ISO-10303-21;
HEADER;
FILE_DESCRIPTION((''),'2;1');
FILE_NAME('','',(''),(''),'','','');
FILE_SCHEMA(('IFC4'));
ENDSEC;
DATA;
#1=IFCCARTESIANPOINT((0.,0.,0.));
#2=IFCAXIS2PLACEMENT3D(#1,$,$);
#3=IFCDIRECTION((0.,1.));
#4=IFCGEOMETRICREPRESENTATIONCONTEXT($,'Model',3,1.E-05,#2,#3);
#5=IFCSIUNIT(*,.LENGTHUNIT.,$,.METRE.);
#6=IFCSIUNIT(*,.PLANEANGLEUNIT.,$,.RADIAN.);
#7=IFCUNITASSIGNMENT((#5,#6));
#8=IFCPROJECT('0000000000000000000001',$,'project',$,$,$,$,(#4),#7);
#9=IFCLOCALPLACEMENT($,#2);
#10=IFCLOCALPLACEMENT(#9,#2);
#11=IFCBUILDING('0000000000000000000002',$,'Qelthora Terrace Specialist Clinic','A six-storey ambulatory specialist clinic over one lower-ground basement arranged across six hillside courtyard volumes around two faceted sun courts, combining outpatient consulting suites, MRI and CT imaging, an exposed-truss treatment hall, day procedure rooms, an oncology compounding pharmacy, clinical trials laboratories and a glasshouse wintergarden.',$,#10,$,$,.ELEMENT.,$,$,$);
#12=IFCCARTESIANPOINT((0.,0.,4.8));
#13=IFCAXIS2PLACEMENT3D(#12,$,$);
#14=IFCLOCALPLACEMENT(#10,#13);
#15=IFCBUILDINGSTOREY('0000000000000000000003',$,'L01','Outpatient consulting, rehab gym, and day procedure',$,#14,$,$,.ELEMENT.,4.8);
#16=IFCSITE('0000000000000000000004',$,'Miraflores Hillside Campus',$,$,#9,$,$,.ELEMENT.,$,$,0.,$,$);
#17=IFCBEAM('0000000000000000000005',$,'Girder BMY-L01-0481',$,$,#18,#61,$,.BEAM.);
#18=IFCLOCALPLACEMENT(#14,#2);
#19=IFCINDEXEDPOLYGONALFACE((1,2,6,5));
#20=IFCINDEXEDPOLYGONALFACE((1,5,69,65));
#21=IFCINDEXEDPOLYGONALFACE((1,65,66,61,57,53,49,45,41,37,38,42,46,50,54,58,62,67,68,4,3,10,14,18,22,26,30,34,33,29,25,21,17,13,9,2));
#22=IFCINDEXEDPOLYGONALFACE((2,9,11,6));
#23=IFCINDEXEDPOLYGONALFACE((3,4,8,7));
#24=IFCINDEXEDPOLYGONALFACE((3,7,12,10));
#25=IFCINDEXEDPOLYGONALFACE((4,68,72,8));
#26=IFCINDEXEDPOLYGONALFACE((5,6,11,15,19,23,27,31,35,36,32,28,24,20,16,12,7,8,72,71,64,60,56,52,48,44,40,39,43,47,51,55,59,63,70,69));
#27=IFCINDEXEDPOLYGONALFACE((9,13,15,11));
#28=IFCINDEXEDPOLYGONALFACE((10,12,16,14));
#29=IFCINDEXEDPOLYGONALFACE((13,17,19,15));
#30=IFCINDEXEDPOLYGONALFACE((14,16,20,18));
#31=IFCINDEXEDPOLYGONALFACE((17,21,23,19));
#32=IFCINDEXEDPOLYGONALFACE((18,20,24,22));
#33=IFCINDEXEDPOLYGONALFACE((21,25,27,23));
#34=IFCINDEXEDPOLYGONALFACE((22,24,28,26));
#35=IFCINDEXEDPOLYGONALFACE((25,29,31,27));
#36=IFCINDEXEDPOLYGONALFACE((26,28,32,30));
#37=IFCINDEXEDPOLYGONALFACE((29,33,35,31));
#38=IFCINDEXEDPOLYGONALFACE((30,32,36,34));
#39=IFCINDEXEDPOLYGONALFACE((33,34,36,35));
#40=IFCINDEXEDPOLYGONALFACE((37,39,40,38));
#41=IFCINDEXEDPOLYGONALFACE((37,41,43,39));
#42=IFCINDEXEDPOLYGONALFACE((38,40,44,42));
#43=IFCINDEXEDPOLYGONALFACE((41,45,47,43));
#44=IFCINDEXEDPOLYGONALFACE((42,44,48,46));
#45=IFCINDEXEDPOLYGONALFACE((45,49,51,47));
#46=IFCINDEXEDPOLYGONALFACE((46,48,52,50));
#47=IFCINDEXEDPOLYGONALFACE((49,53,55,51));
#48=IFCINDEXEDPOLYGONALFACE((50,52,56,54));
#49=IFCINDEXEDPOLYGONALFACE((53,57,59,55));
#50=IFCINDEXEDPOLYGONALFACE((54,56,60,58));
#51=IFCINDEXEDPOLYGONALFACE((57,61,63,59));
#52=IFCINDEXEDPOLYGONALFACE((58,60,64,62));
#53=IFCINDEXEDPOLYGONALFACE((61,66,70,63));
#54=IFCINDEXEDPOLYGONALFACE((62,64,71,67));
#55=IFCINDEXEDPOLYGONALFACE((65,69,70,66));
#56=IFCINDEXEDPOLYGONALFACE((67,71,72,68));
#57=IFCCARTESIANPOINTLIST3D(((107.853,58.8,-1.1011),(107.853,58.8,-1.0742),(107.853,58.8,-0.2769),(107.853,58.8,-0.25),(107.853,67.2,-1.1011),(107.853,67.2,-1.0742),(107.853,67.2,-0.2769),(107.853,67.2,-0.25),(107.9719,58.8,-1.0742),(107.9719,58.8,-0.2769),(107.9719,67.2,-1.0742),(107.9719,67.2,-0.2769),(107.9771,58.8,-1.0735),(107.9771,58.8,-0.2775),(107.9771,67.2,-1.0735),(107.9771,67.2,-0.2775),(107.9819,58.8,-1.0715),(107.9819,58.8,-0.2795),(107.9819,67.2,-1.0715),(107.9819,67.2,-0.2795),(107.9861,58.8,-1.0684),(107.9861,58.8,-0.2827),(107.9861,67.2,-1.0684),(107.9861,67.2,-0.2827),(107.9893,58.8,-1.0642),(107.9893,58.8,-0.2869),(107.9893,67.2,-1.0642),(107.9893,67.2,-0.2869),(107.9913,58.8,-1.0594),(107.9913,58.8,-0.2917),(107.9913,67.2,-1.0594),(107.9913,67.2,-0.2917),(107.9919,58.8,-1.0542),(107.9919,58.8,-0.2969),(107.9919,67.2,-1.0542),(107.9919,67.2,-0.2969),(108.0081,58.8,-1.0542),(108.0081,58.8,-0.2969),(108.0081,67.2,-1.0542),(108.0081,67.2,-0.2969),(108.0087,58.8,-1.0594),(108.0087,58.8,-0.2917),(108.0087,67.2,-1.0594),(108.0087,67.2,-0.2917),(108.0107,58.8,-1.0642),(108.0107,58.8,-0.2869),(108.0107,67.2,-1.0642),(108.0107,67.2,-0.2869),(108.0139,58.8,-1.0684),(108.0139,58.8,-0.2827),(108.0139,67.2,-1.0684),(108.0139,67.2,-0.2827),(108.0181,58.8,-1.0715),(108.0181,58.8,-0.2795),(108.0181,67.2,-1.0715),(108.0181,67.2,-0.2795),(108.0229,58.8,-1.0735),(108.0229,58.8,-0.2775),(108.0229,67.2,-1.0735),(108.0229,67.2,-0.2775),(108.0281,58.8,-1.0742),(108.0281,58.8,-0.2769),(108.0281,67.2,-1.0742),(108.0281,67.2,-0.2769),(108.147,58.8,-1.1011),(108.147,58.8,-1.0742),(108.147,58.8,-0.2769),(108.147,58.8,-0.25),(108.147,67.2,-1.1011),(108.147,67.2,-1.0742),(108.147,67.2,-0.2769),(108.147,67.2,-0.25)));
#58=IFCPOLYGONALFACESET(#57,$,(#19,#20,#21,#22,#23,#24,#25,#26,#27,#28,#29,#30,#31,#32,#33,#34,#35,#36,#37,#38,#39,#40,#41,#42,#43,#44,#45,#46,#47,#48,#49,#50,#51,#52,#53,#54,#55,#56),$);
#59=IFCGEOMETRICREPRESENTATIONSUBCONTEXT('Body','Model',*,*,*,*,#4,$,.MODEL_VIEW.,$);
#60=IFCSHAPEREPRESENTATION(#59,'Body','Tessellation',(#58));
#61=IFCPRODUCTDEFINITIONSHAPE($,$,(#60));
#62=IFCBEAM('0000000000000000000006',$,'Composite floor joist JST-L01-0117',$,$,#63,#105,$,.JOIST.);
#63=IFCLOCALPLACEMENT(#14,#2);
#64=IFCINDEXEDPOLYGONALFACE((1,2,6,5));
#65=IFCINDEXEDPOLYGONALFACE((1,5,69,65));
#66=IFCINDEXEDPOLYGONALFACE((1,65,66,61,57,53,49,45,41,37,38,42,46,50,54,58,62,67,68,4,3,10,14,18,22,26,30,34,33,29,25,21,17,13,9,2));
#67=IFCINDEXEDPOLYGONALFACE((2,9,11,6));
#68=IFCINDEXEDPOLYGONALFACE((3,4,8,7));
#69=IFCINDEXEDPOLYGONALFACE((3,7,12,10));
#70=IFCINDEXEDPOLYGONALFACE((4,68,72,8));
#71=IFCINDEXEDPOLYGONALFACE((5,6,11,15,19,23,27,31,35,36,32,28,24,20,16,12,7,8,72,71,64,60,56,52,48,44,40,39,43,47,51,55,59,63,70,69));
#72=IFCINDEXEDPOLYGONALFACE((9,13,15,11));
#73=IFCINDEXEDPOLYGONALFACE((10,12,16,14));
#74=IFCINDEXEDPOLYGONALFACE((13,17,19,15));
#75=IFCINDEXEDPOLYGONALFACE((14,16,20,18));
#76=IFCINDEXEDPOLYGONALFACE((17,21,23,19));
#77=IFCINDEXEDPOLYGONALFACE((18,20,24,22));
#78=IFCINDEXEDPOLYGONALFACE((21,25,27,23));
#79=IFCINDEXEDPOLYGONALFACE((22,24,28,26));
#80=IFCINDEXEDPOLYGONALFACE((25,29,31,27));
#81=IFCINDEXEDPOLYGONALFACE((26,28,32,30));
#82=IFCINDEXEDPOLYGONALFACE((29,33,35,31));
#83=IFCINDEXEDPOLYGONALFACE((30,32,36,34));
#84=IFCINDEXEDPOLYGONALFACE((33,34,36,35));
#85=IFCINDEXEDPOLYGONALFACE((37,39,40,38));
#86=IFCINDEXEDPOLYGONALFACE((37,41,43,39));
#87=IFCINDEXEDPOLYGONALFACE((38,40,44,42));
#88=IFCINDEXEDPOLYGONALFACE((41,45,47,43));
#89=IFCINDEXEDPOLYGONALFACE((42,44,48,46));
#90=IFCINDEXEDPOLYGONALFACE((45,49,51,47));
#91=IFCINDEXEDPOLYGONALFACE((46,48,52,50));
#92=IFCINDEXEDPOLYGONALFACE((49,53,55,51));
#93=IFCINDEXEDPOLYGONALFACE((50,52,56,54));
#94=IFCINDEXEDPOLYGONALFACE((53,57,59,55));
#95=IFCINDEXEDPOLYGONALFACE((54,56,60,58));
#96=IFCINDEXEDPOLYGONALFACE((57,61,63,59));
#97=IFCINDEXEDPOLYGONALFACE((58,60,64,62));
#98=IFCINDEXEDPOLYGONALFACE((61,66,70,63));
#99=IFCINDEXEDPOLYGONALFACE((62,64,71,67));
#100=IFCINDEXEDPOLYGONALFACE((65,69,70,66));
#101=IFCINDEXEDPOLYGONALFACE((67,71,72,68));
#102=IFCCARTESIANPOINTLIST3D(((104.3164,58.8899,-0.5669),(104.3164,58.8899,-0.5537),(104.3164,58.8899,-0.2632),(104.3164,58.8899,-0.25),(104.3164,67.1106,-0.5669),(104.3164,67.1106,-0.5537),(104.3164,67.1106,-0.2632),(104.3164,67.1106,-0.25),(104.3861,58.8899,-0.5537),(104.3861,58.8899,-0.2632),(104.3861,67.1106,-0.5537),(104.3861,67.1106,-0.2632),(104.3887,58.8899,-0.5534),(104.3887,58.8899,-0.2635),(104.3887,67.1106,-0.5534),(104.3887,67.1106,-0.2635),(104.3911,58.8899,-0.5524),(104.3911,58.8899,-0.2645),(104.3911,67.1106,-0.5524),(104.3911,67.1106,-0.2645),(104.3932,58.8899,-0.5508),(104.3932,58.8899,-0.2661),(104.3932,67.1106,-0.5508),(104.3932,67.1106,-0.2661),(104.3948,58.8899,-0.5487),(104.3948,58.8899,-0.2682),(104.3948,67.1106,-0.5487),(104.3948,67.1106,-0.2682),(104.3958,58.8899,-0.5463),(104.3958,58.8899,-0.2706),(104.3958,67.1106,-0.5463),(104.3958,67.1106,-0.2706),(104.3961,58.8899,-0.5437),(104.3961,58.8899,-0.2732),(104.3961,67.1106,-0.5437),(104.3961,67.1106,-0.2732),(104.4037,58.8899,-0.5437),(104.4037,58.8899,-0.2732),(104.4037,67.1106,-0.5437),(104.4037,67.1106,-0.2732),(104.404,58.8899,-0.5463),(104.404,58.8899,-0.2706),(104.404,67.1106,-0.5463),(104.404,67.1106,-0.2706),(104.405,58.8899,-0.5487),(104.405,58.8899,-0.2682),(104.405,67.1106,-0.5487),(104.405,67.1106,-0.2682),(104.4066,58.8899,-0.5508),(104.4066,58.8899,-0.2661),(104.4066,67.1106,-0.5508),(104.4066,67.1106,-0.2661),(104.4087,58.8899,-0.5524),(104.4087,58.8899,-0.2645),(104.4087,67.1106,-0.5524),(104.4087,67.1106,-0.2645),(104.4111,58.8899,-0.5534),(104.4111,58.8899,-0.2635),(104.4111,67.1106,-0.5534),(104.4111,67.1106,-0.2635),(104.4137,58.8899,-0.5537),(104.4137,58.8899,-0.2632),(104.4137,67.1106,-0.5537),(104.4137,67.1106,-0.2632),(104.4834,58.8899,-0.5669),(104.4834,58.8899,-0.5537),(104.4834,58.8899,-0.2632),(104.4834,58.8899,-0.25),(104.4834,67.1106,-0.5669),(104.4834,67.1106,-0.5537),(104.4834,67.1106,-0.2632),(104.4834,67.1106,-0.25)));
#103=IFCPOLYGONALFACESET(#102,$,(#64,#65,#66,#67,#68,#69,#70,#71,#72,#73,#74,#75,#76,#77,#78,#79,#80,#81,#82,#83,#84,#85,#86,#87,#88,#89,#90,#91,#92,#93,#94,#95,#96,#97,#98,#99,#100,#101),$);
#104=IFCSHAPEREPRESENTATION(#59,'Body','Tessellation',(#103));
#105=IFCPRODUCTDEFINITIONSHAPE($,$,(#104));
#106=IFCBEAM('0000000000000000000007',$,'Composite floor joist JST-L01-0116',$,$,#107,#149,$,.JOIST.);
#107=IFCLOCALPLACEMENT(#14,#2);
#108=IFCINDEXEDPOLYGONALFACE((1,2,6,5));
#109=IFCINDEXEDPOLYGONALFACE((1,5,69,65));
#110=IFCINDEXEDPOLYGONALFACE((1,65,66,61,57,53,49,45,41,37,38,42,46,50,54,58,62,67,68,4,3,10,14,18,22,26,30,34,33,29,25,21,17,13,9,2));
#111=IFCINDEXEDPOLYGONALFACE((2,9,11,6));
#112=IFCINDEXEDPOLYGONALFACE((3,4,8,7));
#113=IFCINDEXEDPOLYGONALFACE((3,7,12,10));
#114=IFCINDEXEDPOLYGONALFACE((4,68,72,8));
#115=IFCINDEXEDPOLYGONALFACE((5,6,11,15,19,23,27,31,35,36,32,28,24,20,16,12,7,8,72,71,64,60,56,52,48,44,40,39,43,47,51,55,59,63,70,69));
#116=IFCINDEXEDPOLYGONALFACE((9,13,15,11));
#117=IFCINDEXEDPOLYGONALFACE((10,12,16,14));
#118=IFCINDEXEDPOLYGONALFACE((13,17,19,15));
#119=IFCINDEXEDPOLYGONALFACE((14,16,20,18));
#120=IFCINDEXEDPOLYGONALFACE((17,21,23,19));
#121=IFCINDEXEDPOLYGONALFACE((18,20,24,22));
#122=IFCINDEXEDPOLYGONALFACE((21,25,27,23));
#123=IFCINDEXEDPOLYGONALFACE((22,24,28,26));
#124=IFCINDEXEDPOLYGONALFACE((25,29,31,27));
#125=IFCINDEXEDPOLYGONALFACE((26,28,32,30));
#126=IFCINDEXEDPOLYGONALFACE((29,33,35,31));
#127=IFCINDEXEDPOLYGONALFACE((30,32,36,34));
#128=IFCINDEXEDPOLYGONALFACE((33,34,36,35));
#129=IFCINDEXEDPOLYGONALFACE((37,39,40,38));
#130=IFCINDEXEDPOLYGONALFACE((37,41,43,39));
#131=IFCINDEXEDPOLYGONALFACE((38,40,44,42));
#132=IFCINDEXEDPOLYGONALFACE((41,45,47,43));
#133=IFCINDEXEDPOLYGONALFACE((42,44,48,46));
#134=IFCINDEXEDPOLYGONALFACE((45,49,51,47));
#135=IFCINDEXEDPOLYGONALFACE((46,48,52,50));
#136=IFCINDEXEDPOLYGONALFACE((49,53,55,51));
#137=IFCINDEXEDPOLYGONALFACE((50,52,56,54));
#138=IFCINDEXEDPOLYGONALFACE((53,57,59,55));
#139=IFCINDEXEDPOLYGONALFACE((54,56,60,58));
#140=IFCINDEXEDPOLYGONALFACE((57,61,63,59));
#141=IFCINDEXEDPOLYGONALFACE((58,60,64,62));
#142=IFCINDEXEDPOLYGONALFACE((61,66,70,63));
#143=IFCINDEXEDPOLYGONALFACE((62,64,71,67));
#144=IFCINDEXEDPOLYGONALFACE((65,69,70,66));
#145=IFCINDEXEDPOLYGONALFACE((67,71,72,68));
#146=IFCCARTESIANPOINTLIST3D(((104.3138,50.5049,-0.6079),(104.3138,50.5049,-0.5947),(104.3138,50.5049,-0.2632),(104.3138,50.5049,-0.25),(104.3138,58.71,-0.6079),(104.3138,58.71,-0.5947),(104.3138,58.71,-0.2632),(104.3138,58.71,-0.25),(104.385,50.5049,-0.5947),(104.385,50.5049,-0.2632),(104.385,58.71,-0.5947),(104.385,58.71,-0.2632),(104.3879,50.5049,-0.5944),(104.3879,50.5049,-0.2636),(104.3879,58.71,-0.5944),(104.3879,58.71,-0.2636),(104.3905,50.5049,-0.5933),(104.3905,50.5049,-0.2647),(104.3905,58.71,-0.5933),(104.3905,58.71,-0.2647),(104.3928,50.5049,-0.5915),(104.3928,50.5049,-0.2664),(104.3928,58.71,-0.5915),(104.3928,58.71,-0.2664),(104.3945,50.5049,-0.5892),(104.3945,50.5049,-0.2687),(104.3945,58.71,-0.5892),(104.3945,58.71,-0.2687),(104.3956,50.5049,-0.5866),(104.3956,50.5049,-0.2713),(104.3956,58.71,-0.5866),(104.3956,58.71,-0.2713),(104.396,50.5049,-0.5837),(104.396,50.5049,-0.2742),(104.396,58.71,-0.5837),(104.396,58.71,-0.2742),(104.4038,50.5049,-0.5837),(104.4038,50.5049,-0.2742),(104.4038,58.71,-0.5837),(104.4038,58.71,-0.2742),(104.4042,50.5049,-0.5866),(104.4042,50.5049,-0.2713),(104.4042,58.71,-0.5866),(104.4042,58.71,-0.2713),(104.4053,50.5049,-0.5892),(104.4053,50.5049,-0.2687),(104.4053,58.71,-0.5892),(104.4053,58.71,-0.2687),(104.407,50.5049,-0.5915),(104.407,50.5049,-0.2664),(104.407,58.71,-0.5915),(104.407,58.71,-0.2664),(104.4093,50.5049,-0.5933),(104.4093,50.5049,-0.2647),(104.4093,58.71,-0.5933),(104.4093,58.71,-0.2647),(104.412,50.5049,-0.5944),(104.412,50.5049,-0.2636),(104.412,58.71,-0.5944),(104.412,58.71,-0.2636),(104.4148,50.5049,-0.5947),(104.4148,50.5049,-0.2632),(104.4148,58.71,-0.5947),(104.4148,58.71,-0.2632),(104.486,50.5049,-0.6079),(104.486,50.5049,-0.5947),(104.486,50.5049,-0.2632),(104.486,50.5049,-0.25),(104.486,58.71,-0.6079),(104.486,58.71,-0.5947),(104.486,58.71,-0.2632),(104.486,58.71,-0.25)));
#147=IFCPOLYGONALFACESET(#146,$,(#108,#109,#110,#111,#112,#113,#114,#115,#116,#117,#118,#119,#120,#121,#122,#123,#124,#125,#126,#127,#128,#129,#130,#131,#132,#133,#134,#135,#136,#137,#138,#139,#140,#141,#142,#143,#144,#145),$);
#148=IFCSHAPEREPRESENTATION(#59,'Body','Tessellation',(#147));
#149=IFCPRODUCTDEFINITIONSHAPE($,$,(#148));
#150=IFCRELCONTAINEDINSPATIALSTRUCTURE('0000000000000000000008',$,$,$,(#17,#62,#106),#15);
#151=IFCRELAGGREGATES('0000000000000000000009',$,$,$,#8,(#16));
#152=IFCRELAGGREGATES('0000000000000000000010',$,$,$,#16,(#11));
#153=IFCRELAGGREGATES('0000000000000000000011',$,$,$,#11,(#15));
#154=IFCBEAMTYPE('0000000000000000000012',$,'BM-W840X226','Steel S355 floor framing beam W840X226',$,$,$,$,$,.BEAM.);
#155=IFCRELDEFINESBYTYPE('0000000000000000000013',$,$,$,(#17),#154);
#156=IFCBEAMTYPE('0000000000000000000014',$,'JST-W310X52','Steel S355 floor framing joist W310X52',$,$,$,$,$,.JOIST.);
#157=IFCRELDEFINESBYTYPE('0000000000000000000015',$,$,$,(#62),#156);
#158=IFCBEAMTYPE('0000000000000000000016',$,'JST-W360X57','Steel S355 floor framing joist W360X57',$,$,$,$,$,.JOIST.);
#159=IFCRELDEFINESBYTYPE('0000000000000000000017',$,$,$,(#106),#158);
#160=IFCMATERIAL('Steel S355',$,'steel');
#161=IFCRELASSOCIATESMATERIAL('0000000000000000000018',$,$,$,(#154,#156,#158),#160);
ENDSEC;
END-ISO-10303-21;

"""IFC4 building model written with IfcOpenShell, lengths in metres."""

from ifc_helpers import new_model, si_unit, direction, frame, origin, origin_2d, place, context, subcontext, project, spatial, i_section, extrude, material, material_profile, profile_set, type_object, element, save


model = new_model("IFC4")

# Units and contexts
model_context = context("Model", 3, precision=1e-05, world=origin(), true_north=direction((0.0, 1.0)))
body_context = subcontext(model_context, "Body", "Model", "MODEL_VIEW")
ifc_project = project(units=[si_unit("LENGTHUNIT", "METRE"), si_unit("PLANEANGLEUNIT", "RADIAN")], contexts=[model_context])

# Site, building, storey
site_placement = place(None, origin())
site = spatial("IfcSite", under=ifc_project, at=site_placement, Name="Miraflores Hillside Campus", CompositionType="ELEMENT", RefElevation=0.0)
building_placement = place(site_placement, origin())
building = spatial("IfcBuilding", under=site, at=building_placement, Name="Qelthora Terrace Specialist Clinic", Description="A six-storey ambulatory specialist clinic over one lower-ground basement arranged across six hillside courtyard volumes around two faceted sun courts, combining outpatient consulting suites, MRI and CT imaging, an exposed-truss treatment hall, day procedure rooms, an oncology compounding pharmacy, clinical trials laboratories and a glasshouse wintergarden.", CompositionType="ELEMENT")
storey_placement = place(building_placement, frame((0.0, 0.0, 4.8)))
storey = spatial("IfcBuildingStorey", under=building, at=storey_placement, Name="L01", Description="Outpatient consulting, rehab gym, and day procedure", CompositionType="ELEMENT", Elevation=4.8)

# Shared definitions
ifc_material_1 = material(Name="Steel S355", Category="steel")

# Beams
ifc_material_profile_1 = material_profile(ifc_material_1, i_section(OverallWidth=0.2939, OverallDepth=0.8511, WebThickness=0.0161, FlangeThickness=0.0269, FilletRadius=0.02, at=origin_2d()), Name="W840X226")
ifc_profile_set_1 = profile_set([ifc_material_profile_1], Name="Steel S355")
beam_type_1 = type_object("IfcBeamType", Name="BM-W840X226", Description="Steel S355 floor framing beam W840X226", PredefinedType="BEAM", material=ifc_profile_set_1)
beam_1_placement = place(storey_placement, frame((108.0, 58.8, -0.6755), z_axis=(0.0, 1.0, 0.0), x_axis=(-1.0, 0.0, 0.0)))
element("IfcBeam", 1, at=beam_1_placement, inside=storey, type_object=beam_type_1, Name="Girder BMY-L01-0481", PredefinedType="BEAM", context=body_context, shape_type="SweptSolid", body=[
    extrude(i_section(OverallWidth=0.2939, OverallDepth=0.8511, WebThickness=0.0161, FlangeThickness=0.0269, FilletRadius=0.02, at=origin_2d()), origin(), (0.0, 0.0, 1.0), 8.3999),
])
ifc_material_profile_2 = material_profile(ifc_material_1, i_section(OverallWidth=0.167, OverallDepth=0.3169, WebThickness=0.0076, FlangeThickness=0.0132, FilletRadius=0.01, at=origin_2d()), Name="W310X52")
ifc_profile_set_2 = profile_set([ifc_material_profile_2], Name="Steel S355")
beam_type_2 = type_object("IfcBeamType", Name="JST-W310X52", Description="Steel S355 floor framing joist W310X52", PredefinedType="JOIST", material=ifc_profile_set_2)
beam_2_placement = place(storey_placement, frame((104.3999, 58.8899, -0.4084), z_axis=(0.0, 1.0, 0.0), x_axis=(-1.0, 0.0, 0.0)))
element("IfcBeam", 2, at=beam_2_placement, inside=storey, type_object=beam_type_2, Name="Composite floor joist JST-L01-0117", PredefinedType="JOIST", context=body_context, shape_type="SweptSolid", body=[
    extrude(i_section(OverallWidth=0.167, OverallDepth=0.3169, WebThickness=0.0076, FlangeThickness=0.0132, FilletRadius=0.01, at=origin_2d()), origin(), (0.0, 0.0, 1.0), 8.2207),
])
ifc_material_profile_3 = material_profile(ifc_material_1, i_section(OverallWidth=0.1721, OverallDepth=0.3579, WebThickness=0.0078, FlangeThickness=0.0132, FilletRadius=0.011, at=origin_2d()), Name="W360X57")
ifc_profile_set_3 = profile_set([ifc_material_profile_3], Name="Steel S355")
beam_type_3 = type_object("IfcBeamType", Name="JST-W360X57", Description="Steel S355 floor framing joist W360X57", PredefinedType="JOIST", material=ifc_profile_set_3)
beam_3_placement = place(storey_placement, frame((104.3999, 50.5049, -0.429), z_axis=(0.0, 1.0, 0.0), x_axis=(-1.0, 0.0, 0.0)))
element("IfcBeam", 3, at=beam_3_placement, inside=storey, type_object=beam_type_3, Name="Composite floor joist JST-L01-0116", PredefinedType="JOIST", context=body_context, shape_type="SweptSolid", body=[
    extrude(i_section(OverallWidth=0.1721, OverallDepth=0.3579, WebThickness=0.0078, FlangeThickness=0.0132, FilletRadius=0.011, at=origin_2d()), origin(), (0.0, 0.0, 1.0), 8.2051),
])

save(model, "model.ifc")
